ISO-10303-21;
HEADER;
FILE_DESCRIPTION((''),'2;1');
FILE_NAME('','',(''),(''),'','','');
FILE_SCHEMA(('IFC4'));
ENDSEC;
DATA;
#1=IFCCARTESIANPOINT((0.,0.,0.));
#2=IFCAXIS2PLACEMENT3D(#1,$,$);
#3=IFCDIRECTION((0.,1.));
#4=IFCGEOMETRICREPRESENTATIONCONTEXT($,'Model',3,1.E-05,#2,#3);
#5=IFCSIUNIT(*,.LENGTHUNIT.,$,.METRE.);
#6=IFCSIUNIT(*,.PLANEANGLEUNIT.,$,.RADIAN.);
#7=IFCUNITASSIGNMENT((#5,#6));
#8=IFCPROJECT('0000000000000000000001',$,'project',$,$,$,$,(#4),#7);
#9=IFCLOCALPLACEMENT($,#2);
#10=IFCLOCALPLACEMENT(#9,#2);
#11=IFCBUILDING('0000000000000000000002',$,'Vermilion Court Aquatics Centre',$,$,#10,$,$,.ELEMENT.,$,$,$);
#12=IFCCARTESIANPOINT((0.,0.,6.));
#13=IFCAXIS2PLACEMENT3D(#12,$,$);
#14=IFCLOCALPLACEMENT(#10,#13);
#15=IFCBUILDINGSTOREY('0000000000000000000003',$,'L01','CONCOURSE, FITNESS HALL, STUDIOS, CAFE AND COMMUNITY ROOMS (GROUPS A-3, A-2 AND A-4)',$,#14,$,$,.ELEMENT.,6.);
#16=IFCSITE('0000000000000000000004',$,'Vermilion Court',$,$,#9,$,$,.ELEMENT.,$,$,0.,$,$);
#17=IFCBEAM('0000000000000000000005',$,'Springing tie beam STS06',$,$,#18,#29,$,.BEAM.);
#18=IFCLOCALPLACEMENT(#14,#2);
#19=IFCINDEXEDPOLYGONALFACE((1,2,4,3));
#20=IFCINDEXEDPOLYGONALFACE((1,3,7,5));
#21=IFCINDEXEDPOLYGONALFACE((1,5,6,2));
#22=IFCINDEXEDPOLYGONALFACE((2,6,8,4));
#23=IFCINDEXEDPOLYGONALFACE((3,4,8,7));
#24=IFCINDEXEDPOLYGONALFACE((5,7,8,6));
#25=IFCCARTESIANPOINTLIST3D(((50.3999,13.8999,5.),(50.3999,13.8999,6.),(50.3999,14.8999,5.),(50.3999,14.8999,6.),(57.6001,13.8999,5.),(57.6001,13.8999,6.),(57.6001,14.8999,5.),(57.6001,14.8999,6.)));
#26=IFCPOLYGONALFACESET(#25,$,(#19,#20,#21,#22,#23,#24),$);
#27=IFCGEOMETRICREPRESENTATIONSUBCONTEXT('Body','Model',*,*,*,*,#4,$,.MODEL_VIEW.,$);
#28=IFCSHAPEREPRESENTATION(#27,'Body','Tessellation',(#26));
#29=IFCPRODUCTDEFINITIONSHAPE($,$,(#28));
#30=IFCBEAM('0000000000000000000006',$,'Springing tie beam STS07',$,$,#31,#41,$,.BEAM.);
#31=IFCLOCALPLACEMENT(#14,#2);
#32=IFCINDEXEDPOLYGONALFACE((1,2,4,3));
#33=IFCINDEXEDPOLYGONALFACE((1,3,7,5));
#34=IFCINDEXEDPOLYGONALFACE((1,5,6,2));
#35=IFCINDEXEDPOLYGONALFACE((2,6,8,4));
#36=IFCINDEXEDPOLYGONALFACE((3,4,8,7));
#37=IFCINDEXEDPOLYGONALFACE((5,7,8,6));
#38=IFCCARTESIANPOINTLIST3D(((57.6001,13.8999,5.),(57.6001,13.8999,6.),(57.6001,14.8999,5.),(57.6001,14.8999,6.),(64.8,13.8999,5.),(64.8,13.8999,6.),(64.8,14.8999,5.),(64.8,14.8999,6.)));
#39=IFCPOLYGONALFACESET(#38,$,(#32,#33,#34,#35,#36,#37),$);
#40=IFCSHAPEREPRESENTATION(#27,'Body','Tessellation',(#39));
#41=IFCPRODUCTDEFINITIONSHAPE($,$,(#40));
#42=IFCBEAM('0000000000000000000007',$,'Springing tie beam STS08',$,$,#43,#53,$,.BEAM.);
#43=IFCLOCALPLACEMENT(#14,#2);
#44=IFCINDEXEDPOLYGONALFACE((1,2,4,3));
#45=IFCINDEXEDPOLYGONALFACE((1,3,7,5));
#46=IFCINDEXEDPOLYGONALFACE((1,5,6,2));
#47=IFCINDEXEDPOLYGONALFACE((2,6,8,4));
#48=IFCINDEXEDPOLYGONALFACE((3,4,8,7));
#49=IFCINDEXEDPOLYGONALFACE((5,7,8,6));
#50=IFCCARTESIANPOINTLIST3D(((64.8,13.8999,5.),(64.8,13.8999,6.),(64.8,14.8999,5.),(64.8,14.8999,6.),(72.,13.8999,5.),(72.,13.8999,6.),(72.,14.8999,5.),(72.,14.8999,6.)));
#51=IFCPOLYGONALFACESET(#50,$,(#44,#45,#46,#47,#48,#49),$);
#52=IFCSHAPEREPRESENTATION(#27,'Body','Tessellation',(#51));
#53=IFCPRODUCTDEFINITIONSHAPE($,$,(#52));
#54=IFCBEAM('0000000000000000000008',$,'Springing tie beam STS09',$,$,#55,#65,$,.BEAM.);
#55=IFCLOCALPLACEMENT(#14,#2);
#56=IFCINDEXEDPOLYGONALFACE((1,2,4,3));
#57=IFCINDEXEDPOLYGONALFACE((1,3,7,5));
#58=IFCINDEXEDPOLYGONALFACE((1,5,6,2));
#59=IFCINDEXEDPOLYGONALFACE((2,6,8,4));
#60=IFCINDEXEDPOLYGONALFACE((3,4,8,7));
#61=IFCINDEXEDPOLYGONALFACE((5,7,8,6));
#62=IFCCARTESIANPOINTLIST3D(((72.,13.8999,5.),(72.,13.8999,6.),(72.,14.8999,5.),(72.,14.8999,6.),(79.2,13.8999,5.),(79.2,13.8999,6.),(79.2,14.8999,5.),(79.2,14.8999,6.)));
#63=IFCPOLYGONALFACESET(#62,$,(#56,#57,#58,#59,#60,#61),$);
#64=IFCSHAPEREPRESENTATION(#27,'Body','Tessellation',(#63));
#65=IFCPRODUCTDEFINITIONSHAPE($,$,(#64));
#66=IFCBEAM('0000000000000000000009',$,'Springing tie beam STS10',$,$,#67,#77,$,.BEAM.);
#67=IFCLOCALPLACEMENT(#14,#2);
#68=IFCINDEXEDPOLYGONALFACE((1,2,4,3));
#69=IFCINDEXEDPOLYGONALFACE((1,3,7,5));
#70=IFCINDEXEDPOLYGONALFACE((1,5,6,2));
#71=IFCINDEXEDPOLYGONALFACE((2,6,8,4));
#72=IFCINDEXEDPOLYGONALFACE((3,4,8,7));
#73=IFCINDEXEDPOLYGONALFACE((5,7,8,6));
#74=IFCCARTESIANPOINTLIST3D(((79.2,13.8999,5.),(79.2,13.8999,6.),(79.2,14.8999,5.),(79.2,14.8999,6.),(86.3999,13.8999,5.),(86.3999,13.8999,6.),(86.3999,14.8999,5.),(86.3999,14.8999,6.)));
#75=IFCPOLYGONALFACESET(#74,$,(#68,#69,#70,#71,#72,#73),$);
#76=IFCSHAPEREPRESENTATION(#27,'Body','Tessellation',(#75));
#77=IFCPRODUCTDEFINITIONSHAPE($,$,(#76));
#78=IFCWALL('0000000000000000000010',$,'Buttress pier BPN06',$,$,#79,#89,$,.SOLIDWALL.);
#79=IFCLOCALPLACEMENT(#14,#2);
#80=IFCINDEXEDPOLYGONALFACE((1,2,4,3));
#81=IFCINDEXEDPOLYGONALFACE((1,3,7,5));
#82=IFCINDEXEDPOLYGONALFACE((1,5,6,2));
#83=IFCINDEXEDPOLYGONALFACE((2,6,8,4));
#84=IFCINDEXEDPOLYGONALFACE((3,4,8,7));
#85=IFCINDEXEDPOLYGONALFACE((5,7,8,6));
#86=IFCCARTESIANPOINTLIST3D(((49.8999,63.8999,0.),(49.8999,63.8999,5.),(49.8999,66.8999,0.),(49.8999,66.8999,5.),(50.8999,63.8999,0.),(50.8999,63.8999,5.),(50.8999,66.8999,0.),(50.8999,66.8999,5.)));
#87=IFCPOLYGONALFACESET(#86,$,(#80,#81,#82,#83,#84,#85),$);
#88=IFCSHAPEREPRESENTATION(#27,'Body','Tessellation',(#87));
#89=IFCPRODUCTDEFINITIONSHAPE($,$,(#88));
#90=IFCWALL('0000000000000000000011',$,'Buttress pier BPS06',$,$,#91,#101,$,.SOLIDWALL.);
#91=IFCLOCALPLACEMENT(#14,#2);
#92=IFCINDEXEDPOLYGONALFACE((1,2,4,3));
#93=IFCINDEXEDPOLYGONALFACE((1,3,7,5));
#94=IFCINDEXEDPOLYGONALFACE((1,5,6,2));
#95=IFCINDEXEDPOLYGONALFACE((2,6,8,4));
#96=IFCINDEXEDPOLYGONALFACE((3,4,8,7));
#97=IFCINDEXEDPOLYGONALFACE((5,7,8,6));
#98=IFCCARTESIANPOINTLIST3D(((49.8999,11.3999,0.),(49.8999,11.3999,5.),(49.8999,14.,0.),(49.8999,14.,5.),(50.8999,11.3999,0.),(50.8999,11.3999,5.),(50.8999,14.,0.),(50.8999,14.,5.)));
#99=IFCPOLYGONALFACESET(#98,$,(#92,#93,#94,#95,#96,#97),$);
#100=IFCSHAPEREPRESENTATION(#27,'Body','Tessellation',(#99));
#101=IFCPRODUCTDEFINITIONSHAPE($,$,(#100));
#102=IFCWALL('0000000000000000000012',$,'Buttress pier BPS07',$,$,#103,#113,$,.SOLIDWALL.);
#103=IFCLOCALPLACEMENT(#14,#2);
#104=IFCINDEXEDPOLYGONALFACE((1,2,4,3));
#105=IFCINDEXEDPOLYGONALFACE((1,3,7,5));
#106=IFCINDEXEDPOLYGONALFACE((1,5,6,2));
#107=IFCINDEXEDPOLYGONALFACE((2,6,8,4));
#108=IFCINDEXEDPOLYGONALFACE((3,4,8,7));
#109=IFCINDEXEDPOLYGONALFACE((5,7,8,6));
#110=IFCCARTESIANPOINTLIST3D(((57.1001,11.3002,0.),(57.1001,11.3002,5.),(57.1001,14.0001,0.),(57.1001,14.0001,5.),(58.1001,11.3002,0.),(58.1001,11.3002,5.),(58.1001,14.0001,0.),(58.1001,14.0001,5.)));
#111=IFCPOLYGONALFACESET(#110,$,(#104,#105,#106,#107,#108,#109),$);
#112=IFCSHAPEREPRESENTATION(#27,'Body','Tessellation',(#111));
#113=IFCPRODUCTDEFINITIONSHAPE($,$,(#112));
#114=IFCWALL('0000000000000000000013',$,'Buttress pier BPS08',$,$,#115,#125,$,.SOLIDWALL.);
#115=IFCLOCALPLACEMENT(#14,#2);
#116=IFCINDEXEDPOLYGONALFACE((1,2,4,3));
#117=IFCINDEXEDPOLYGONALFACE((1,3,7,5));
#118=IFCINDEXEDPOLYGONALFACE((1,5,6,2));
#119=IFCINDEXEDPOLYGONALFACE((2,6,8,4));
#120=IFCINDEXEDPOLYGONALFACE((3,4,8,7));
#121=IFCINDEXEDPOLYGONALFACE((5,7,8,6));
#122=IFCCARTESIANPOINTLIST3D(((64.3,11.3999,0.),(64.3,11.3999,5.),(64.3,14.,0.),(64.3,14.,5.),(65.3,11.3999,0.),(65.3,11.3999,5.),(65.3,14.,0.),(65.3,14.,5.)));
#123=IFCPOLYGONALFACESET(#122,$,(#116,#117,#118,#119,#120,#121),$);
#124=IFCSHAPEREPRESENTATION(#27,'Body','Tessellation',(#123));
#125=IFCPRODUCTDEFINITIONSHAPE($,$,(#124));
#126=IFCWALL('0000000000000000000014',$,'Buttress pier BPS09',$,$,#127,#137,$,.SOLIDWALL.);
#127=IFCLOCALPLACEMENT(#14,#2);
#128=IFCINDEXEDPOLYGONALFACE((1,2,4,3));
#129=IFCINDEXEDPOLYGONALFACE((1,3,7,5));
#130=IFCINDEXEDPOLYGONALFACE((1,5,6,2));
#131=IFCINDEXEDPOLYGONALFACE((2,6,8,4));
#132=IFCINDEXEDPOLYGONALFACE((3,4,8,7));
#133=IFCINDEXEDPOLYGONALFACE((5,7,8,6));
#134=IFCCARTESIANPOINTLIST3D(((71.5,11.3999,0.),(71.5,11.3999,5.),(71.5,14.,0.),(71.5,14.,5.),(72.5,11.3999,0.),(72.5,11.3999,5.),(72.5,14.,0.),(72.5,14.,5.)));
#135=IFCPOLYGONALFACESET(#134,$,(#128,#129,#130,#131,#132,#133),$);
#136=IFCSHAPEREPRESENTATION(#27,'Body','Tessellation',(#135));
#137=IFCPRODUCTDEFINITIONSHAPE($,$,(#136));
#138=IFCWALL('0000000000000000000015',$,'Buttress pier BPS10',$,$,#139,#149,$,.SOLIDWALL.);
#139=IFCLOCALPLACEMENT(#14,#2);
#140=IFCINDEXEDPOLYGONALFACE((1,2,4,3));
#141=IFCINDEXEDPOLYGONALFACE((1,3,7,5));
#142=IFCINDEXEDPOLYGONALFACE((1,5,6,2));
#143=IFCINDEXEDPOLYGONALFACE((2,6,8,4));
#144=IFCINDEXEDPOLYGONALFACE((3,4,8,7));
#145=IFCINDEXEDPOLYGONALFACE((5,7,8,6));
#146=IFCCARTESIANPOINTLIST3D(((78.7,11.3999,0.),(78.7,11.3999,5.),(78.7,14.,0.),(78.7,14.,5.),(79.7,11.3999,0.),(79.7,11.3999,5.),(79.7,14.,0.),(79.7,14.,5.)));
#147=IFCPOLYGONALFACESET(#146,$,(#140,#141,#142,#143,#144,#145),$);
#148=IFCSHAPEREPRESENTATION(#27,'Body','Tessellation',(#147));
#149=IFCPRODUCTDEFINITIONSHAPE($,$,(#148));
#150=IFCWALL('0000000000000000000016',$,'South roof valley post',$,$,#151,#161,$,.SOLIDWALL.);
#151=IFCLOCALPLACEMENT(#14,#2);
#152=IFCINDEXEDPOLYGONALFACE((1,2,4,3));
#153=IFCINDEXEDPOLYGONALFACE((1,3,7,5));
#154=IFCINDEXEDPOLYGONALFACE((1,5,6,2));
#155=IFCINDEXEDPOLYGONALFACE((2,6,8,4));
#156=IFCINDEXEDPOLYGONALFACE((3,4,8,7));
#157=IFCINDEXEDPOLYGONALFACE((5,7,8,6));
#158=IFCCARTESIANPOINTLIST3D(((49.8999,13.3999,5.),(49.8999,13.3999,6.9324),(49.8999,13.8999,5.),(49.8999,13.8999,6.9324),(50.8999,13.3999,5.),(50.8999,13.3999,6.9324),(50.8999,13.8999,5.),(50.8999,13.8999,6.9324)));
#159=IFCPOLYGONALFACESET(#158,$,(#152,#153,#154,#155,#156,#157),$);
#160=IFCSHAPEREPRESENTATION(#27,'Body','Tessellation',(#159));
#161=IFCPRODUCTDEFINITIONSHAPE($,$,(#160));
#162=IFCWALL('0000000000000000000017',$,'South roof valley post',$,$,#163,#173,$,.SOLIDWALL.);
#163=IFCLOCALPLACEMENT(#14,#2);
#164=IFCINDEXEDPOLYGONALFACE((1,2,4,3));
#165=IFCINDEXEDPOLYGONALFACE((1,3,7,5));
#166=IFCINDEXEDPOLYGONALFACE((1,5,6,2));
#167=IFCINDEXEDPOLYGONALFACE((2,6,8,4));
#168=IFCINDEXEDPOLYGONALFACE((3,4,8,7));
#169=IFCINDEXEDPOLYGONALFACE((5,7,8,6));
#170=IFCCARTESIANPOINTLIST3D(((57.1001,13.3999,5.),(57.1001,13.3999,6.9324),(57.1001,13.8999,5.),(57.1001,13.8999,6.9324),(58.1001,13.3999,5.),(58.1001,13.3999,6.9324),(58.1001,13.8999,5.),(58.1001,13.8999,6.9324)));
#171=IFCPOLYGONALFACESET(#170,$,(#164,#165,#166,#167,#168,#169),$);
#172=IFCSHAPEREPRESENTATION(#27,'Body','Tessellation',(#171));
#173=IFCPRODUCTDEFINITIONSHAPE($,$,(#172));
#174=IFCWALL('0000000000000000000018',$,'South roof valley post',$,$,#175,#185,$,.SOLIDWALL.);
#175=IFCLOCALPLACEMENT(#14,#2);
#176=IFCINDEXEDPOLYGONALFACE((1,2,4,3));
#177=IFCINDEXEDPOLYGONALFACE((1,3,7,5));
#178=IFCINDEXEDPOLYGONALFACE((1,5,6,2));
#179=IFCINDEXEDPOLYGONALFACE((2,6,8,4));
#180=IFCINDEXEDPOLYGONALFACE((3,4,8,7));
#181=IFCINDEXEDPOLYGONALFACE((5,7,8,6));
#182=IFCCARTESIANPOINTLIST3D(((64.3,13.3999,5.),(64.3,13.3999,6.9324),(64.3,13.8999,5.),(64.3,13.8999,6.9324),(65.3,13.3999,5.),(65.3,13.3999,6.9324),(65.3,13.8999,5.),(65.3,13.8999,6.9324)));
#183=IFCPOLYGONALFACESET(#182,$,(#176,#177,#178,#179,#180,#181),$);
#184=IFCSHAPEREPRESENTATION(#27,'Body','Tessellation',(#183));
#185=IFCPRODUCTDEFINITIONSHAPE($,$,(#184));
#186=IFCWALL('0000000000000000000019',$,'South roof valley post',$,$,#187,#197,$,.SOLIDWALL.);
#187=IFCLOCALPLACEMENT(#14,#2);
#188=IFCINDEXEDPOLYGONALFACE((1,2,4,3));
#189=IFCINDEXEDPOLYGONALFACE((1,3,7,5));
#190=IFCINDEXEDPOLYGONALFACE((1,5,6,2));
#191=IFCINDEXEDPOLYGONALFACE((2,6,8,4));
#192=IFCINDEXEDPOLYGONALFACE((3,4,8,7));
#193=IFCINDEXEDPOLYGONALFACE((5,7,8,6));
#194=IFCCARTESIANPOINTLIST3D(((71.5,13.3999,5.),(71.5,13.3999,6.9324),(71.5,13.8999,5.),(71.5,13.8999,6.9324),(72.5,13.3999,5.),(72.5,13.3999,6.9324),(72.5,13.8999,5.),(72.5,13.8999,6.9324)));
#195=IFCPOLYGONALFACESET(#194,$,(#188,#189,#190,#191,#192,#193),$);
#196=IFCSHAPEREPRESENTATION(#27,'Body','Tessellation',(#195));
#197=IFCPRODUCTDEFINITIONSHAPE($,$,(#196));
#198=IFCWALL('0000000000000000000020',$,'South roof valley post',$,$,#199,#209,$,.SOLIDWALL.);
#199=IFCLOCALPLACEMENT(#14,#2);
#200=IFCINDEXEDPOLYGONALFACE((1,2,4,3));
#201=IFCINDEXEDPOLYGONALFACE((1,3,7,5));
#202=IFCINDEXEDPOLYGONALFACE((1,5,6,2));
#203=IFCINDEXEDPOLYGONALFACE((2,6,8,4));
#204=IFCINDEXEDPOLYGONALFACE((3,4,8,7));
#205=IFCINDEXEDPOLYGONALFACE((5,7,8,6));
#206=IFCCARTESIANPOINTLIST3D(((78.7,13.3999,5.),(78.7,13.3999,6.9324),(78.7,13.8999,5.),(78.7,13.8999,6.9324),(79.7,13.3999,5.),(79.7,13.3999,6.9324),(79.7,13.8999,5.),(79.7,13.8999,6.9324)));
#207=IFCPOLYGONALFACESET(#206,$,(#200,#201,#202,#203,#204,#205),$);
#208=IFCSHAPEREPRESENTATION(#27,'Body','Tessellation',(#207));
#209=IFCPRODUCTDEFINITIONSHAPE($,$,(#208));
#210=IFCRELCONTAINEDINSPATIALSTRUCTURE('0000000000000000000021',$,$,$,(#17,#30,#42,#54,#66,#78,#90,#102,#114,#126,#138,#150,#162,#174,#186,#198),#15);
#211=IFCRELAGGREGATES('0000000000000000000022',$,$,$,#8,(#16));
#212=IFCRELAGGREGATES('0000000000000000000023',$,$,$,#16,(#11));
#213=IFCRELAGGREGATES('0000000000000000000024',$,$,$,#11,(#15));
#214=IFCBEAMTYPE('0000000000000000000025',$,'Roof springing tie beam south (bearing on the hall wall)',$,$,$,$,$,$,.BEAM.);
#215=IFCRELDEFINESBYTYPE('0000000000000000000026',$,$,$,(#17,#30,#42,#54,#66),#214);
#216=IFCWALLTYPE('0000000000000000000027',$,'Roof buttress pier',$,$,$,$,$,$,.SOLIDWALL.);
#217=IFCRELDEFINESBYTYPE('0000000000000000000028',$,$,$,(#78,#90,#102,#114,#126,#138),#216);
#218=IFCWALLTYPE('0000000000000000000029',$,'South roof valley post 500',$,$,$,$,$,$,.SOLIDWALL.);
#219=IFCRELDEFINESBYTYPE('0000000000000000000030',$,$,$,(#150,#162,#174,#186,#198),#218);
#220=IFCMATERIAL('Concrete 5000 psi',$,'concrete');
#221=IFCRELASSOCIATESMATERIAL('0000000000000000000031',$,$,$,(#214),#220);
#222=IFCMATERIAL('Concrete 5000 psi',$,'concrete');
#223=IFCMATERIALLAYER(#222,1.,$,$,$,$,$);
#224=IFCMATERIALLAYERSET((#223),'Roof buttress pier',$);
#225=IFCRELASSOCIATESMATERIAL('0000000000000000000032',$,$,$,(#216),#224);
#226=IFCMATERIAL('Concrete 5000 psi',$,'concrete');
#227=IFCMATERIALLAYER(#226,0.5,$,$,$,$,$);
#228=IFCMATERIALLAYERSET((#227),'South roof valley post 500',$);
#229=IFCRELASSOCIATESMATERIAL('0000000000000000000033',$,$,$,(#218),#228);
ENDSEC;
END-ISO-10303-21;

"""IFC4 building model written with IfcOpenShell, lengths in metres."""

from ifc_helpers import new_model, si_unit, direction, frame, frame_2d, origin, origin_2d, place, context, subcontext, project, spatial, rectangle, extrude, material, layer, layer_set, material_profile, profile_set, type_object, element, save


model = new_model("IFC4")

# Units and contexts
model_context = context("Model", 3, precision=1e-05, world=origin(), true_north=direction((0.0, 1.0)))
body_context = subcontext(model_context, "Body", "Model", "MODEL_VIEW")
ifc_project = project(units=[si_unit("LENGTHUNIT", "METRE"), si_unit("PLANEANGLEUNIT", "RADIAN")], contexts=[model_context])

# Site, building, storey
site_placement = place(None, origin())
site = spatial("IfcSite", under=ifc_project, at=site_placement, Name="Vermilion Court", CompositionType="ELEMENT", RefElevation=0.0)
building_placement = place(site_placement, origin())
building = spatial("IfcBuilding", under=site, at=building_placement, Name="Vermilion Court Aquatics Centre", CompositionType="ELEMENT")
storey_placement = place(building_placement, frame((0.0, 0.0, 6.0)))
storey = spatial("IfcBuildingStorey", under=building, at=storey_placement, Name="L01", Description="CONCOURSE, FITNESS HALL, STUDIOS, CAFE AND COMMUNITY ROOMS (GROUPS A-3, A-2 AND A-4)", CompositionType="ELEMENT", Elevation=6.0)

# Beams
ifc_material_1 = material(Name="Concrete 5000 psi", Category="concrete")
ifc_material_profile = material_profile(ifc_material_1, rectangle(XDim=1.0, YDim=1.0, at=origin_2d()), Name="RC 1000x1000")
ifc_profile_set = profile_set([ifc_material_profile], Name="Concrete 5000 psi")
beam_type = type_object("IfcBeamType", Name="Roof springing tie beam south (bearing on the hall wall)", PredefinedType="BEAM", material=ifc_profile_set)
beam_placement = place(storey_placement, frame((50.3999, 14.3999, 5.5), z_axis=(1.0, 0.0, 0.0), x_axis=(0.0, 1.0, 0.0)))
element("IfcBeam", 1, at=beam_placement, inside=storey, type_object=beam_type, Name="Springing tie beam STS06", PredefinedType="BEAM", context=body_context, shape_type="SweptSolid", body=[
    extrude(rectangle(XDim=1.0, YDim=1.0, at=origin_2d()), origin(), (0.0, 0.0, 1.0), 7.2002),
])
for number, where, z_axis, x_axis, name in (
    (2, (57.6001, 14.3999, 5.5), (1.0, 0.0, 0.0), (0.0, 1.0, 0.0), "Springing tie beam STS07"),
    (3, (64.8, 14.3999, 5.5), (1.0, 0.0, 0.0), (0.0, 1.0, 0.0), "Springing tie beam STS08"),
    (4, (72.0, 14.3999, 5.5), (1.0, 0.0, 0.0), (0.0, 1.0, 0.0), "Springing tie beam STS09"),
    (5, (79.2, 14.3999, 5.5), (1.0, 0.0, 0.0), (0.0, 1.0, 0.0), "Springing tie beam STS10"),
):
    element("IfcBeam", number, at=place(storey_placement, frame(where, z_axis=z_axis, x_axis=x_axis)), inside=storey, type_object=beam_type, Name=name, PredefinedType="BEAM", context=body_context, shape_type="SweptSolid", body=[
        extrude(rectangle(XDim=1.0, YDim=1.0, at=origin_2d()), origin(), (0.0, 0.0, 1.0), 7.2),
    ])

# Walls
ifc_material_2 = material(Name="Concrete 5000 psi", Category="concrete")
ifc_layer_1 = layer(ifc_material_2, 1.0)
ifc_layer_set_1 = layer_set([ifc_layer_1], Name="Roof buttress pier")
wall_type_1 = type_object("IfcWallType", Name="Roof buttress pier", PredefinedType="SOLIDWALL", material=ifc_layer_set_1)
wall_1_placement = place(storey_placement, frame((50.3999, 63.8999, 0.0), z_axis=(0.0, 0.0, 1.0), x_axis=(0.0, 1.0, 0.0)))
element("IfcWall", 6, at=wall_1_placement, inside=storey, type_object=wall_type_1, Name="Buttress pier BPN06", PredefinedType="SOLIDWALL", context=body_context, shape_type="SweptSolid", body=[
    extrude(rectangle(XDim=3.0, YDim=1.0, at=frame_2d((1.5, 0.0))), origin(), (0.0, 0.0, 1.0), 5.0),
])
wall_2_placement = place(storey_placement, frame((50.3999, 11.3999, 0.0), z_axis=(0.0, 0.0, 1.0), x_axis=(0.0, 1.0, 0.0)))
element("IfcWall", 7, at=wall_2_placement, inside=storey, type_object=wall_type_1, Name="Buttress pier BPS06", PredefinedType="SOLIDWALL", context=body_context, shape_type="SweptSolid", body=[
    extrude(rectangle(XDim=2.6001, YDim=1.0, at=frame_2d((1.3, 0.0))), origin(), (0.0, 0.0, 1.0), 5.0),
])
wall_3_placement = place(storey_placement, frame((57.6001, 11.3, 0.0), z_axis=(0.0, 0.0, 1.0), x_axis=(0.0, 1.0, 0.0)))
element("IfcWall", 8, at=wall_3_placement, inside=storey, type_object=wall_type_1, Name="Buttress pier BPS07", PredefinedType="SOLIDWALL", context=body_context, shape_type="SweptSolid", body=[
    extrude(rectangle(XDim=2.7, YDim=1.0, at=frame_2d((1.3501, 0.0))), origin(), (0.0, 0.0, 1.0), 5.0),
])
for number, where, z_axis, x_axis, name in (
    (9, (64.8, 11.3999, 0.0), (0.0, 0.0, 1.0), (0.0, 1.0, 0.0), "Buttress pier BPS08"),
    (10, (72.0, 11.3999, 0.0), (0.0, 0.0, 1.0), (0.0, 1.0, 0.0), "Buttress pier BPS09"),
    (11, (79.2, 11.3999, 0.0), (0.0, 0.0, 1.0), (0.0, 1.0, 0.0), "Buttress pier BPS10"),
):
    element("IfcWall", number, at=place(storey_placement, frame(where, z_axis=z_axis, x_axis=x_axis)), inside=storey, type_object=wall_type_1, Name=name, PredefinedType="SOLIDWALL", context=body_context, shape_type="SweptSolid", body=[
        extrude(rectangle(XDim=2.6001, YDim=1.0, at=frame_2d((1.3, 0.0))), origin(), (0.0, 0.0, 1.0), 5.0),
    ])
ifc_material_3 = material(Name="Concrete 5000 psi", Category="concrete")
ifc_layer_2 = layer(ifc_material_3, 0.5)
ifc_layer_set_2 = layer_set([ifc_layer_2], Name="South roof valley post 500")
wall_type_2 = type_object("IfcWallType", Name="South roof valley post 500", PredefinedType="SOLIDWALL", material=ifc_layer_set_2)
for number, where, z_axis, x_axis, name in (
    (12, (49.8999, 13.6499, 5.0), (0.0, 0.0, 1.0), (1.0, 0.0, 0.0), "South roof valley post"),
    (13, (57.1001, 13.6499, 5.0), (0.0, 0.0, 1.0), (1.0, 0.0, 0.0), "South roof valley post"),
    (14, (64.3, 13.6499, 5.0), (0.0, 0.0, 1.0), (1.0, 0.0, 0.0), "South roof valley post"),
    (15, (71.5, 13.6499, 5.0), (0.0, 0.0, 1.0), (1.0, 0.0, 0.0), "South roof valley post"),
    (16, (78.7, 13.6499, 5.0), (0.0, 0.0, 1.0), (1.0, 0.0, 0.0), "South roof valley post"),
):
    element("IfcWall", number, at=place(storey_placement, frame(where, z_axis=z_axis, x_axis=x_axis)), inside=storey, type_object=wall_type_2, Name=name, PredefinedType="SOLIDWALL", context=body_context, shape_type="SweptSolid", body=[
        extrude(rectangle(XDim=1.0, YDim=0.5, at=frame_2d((0.5, 0.0))), origin(), (0.0, 0.0, 1.0), 1.9324),
    ])

save(model, "model.ifc")
